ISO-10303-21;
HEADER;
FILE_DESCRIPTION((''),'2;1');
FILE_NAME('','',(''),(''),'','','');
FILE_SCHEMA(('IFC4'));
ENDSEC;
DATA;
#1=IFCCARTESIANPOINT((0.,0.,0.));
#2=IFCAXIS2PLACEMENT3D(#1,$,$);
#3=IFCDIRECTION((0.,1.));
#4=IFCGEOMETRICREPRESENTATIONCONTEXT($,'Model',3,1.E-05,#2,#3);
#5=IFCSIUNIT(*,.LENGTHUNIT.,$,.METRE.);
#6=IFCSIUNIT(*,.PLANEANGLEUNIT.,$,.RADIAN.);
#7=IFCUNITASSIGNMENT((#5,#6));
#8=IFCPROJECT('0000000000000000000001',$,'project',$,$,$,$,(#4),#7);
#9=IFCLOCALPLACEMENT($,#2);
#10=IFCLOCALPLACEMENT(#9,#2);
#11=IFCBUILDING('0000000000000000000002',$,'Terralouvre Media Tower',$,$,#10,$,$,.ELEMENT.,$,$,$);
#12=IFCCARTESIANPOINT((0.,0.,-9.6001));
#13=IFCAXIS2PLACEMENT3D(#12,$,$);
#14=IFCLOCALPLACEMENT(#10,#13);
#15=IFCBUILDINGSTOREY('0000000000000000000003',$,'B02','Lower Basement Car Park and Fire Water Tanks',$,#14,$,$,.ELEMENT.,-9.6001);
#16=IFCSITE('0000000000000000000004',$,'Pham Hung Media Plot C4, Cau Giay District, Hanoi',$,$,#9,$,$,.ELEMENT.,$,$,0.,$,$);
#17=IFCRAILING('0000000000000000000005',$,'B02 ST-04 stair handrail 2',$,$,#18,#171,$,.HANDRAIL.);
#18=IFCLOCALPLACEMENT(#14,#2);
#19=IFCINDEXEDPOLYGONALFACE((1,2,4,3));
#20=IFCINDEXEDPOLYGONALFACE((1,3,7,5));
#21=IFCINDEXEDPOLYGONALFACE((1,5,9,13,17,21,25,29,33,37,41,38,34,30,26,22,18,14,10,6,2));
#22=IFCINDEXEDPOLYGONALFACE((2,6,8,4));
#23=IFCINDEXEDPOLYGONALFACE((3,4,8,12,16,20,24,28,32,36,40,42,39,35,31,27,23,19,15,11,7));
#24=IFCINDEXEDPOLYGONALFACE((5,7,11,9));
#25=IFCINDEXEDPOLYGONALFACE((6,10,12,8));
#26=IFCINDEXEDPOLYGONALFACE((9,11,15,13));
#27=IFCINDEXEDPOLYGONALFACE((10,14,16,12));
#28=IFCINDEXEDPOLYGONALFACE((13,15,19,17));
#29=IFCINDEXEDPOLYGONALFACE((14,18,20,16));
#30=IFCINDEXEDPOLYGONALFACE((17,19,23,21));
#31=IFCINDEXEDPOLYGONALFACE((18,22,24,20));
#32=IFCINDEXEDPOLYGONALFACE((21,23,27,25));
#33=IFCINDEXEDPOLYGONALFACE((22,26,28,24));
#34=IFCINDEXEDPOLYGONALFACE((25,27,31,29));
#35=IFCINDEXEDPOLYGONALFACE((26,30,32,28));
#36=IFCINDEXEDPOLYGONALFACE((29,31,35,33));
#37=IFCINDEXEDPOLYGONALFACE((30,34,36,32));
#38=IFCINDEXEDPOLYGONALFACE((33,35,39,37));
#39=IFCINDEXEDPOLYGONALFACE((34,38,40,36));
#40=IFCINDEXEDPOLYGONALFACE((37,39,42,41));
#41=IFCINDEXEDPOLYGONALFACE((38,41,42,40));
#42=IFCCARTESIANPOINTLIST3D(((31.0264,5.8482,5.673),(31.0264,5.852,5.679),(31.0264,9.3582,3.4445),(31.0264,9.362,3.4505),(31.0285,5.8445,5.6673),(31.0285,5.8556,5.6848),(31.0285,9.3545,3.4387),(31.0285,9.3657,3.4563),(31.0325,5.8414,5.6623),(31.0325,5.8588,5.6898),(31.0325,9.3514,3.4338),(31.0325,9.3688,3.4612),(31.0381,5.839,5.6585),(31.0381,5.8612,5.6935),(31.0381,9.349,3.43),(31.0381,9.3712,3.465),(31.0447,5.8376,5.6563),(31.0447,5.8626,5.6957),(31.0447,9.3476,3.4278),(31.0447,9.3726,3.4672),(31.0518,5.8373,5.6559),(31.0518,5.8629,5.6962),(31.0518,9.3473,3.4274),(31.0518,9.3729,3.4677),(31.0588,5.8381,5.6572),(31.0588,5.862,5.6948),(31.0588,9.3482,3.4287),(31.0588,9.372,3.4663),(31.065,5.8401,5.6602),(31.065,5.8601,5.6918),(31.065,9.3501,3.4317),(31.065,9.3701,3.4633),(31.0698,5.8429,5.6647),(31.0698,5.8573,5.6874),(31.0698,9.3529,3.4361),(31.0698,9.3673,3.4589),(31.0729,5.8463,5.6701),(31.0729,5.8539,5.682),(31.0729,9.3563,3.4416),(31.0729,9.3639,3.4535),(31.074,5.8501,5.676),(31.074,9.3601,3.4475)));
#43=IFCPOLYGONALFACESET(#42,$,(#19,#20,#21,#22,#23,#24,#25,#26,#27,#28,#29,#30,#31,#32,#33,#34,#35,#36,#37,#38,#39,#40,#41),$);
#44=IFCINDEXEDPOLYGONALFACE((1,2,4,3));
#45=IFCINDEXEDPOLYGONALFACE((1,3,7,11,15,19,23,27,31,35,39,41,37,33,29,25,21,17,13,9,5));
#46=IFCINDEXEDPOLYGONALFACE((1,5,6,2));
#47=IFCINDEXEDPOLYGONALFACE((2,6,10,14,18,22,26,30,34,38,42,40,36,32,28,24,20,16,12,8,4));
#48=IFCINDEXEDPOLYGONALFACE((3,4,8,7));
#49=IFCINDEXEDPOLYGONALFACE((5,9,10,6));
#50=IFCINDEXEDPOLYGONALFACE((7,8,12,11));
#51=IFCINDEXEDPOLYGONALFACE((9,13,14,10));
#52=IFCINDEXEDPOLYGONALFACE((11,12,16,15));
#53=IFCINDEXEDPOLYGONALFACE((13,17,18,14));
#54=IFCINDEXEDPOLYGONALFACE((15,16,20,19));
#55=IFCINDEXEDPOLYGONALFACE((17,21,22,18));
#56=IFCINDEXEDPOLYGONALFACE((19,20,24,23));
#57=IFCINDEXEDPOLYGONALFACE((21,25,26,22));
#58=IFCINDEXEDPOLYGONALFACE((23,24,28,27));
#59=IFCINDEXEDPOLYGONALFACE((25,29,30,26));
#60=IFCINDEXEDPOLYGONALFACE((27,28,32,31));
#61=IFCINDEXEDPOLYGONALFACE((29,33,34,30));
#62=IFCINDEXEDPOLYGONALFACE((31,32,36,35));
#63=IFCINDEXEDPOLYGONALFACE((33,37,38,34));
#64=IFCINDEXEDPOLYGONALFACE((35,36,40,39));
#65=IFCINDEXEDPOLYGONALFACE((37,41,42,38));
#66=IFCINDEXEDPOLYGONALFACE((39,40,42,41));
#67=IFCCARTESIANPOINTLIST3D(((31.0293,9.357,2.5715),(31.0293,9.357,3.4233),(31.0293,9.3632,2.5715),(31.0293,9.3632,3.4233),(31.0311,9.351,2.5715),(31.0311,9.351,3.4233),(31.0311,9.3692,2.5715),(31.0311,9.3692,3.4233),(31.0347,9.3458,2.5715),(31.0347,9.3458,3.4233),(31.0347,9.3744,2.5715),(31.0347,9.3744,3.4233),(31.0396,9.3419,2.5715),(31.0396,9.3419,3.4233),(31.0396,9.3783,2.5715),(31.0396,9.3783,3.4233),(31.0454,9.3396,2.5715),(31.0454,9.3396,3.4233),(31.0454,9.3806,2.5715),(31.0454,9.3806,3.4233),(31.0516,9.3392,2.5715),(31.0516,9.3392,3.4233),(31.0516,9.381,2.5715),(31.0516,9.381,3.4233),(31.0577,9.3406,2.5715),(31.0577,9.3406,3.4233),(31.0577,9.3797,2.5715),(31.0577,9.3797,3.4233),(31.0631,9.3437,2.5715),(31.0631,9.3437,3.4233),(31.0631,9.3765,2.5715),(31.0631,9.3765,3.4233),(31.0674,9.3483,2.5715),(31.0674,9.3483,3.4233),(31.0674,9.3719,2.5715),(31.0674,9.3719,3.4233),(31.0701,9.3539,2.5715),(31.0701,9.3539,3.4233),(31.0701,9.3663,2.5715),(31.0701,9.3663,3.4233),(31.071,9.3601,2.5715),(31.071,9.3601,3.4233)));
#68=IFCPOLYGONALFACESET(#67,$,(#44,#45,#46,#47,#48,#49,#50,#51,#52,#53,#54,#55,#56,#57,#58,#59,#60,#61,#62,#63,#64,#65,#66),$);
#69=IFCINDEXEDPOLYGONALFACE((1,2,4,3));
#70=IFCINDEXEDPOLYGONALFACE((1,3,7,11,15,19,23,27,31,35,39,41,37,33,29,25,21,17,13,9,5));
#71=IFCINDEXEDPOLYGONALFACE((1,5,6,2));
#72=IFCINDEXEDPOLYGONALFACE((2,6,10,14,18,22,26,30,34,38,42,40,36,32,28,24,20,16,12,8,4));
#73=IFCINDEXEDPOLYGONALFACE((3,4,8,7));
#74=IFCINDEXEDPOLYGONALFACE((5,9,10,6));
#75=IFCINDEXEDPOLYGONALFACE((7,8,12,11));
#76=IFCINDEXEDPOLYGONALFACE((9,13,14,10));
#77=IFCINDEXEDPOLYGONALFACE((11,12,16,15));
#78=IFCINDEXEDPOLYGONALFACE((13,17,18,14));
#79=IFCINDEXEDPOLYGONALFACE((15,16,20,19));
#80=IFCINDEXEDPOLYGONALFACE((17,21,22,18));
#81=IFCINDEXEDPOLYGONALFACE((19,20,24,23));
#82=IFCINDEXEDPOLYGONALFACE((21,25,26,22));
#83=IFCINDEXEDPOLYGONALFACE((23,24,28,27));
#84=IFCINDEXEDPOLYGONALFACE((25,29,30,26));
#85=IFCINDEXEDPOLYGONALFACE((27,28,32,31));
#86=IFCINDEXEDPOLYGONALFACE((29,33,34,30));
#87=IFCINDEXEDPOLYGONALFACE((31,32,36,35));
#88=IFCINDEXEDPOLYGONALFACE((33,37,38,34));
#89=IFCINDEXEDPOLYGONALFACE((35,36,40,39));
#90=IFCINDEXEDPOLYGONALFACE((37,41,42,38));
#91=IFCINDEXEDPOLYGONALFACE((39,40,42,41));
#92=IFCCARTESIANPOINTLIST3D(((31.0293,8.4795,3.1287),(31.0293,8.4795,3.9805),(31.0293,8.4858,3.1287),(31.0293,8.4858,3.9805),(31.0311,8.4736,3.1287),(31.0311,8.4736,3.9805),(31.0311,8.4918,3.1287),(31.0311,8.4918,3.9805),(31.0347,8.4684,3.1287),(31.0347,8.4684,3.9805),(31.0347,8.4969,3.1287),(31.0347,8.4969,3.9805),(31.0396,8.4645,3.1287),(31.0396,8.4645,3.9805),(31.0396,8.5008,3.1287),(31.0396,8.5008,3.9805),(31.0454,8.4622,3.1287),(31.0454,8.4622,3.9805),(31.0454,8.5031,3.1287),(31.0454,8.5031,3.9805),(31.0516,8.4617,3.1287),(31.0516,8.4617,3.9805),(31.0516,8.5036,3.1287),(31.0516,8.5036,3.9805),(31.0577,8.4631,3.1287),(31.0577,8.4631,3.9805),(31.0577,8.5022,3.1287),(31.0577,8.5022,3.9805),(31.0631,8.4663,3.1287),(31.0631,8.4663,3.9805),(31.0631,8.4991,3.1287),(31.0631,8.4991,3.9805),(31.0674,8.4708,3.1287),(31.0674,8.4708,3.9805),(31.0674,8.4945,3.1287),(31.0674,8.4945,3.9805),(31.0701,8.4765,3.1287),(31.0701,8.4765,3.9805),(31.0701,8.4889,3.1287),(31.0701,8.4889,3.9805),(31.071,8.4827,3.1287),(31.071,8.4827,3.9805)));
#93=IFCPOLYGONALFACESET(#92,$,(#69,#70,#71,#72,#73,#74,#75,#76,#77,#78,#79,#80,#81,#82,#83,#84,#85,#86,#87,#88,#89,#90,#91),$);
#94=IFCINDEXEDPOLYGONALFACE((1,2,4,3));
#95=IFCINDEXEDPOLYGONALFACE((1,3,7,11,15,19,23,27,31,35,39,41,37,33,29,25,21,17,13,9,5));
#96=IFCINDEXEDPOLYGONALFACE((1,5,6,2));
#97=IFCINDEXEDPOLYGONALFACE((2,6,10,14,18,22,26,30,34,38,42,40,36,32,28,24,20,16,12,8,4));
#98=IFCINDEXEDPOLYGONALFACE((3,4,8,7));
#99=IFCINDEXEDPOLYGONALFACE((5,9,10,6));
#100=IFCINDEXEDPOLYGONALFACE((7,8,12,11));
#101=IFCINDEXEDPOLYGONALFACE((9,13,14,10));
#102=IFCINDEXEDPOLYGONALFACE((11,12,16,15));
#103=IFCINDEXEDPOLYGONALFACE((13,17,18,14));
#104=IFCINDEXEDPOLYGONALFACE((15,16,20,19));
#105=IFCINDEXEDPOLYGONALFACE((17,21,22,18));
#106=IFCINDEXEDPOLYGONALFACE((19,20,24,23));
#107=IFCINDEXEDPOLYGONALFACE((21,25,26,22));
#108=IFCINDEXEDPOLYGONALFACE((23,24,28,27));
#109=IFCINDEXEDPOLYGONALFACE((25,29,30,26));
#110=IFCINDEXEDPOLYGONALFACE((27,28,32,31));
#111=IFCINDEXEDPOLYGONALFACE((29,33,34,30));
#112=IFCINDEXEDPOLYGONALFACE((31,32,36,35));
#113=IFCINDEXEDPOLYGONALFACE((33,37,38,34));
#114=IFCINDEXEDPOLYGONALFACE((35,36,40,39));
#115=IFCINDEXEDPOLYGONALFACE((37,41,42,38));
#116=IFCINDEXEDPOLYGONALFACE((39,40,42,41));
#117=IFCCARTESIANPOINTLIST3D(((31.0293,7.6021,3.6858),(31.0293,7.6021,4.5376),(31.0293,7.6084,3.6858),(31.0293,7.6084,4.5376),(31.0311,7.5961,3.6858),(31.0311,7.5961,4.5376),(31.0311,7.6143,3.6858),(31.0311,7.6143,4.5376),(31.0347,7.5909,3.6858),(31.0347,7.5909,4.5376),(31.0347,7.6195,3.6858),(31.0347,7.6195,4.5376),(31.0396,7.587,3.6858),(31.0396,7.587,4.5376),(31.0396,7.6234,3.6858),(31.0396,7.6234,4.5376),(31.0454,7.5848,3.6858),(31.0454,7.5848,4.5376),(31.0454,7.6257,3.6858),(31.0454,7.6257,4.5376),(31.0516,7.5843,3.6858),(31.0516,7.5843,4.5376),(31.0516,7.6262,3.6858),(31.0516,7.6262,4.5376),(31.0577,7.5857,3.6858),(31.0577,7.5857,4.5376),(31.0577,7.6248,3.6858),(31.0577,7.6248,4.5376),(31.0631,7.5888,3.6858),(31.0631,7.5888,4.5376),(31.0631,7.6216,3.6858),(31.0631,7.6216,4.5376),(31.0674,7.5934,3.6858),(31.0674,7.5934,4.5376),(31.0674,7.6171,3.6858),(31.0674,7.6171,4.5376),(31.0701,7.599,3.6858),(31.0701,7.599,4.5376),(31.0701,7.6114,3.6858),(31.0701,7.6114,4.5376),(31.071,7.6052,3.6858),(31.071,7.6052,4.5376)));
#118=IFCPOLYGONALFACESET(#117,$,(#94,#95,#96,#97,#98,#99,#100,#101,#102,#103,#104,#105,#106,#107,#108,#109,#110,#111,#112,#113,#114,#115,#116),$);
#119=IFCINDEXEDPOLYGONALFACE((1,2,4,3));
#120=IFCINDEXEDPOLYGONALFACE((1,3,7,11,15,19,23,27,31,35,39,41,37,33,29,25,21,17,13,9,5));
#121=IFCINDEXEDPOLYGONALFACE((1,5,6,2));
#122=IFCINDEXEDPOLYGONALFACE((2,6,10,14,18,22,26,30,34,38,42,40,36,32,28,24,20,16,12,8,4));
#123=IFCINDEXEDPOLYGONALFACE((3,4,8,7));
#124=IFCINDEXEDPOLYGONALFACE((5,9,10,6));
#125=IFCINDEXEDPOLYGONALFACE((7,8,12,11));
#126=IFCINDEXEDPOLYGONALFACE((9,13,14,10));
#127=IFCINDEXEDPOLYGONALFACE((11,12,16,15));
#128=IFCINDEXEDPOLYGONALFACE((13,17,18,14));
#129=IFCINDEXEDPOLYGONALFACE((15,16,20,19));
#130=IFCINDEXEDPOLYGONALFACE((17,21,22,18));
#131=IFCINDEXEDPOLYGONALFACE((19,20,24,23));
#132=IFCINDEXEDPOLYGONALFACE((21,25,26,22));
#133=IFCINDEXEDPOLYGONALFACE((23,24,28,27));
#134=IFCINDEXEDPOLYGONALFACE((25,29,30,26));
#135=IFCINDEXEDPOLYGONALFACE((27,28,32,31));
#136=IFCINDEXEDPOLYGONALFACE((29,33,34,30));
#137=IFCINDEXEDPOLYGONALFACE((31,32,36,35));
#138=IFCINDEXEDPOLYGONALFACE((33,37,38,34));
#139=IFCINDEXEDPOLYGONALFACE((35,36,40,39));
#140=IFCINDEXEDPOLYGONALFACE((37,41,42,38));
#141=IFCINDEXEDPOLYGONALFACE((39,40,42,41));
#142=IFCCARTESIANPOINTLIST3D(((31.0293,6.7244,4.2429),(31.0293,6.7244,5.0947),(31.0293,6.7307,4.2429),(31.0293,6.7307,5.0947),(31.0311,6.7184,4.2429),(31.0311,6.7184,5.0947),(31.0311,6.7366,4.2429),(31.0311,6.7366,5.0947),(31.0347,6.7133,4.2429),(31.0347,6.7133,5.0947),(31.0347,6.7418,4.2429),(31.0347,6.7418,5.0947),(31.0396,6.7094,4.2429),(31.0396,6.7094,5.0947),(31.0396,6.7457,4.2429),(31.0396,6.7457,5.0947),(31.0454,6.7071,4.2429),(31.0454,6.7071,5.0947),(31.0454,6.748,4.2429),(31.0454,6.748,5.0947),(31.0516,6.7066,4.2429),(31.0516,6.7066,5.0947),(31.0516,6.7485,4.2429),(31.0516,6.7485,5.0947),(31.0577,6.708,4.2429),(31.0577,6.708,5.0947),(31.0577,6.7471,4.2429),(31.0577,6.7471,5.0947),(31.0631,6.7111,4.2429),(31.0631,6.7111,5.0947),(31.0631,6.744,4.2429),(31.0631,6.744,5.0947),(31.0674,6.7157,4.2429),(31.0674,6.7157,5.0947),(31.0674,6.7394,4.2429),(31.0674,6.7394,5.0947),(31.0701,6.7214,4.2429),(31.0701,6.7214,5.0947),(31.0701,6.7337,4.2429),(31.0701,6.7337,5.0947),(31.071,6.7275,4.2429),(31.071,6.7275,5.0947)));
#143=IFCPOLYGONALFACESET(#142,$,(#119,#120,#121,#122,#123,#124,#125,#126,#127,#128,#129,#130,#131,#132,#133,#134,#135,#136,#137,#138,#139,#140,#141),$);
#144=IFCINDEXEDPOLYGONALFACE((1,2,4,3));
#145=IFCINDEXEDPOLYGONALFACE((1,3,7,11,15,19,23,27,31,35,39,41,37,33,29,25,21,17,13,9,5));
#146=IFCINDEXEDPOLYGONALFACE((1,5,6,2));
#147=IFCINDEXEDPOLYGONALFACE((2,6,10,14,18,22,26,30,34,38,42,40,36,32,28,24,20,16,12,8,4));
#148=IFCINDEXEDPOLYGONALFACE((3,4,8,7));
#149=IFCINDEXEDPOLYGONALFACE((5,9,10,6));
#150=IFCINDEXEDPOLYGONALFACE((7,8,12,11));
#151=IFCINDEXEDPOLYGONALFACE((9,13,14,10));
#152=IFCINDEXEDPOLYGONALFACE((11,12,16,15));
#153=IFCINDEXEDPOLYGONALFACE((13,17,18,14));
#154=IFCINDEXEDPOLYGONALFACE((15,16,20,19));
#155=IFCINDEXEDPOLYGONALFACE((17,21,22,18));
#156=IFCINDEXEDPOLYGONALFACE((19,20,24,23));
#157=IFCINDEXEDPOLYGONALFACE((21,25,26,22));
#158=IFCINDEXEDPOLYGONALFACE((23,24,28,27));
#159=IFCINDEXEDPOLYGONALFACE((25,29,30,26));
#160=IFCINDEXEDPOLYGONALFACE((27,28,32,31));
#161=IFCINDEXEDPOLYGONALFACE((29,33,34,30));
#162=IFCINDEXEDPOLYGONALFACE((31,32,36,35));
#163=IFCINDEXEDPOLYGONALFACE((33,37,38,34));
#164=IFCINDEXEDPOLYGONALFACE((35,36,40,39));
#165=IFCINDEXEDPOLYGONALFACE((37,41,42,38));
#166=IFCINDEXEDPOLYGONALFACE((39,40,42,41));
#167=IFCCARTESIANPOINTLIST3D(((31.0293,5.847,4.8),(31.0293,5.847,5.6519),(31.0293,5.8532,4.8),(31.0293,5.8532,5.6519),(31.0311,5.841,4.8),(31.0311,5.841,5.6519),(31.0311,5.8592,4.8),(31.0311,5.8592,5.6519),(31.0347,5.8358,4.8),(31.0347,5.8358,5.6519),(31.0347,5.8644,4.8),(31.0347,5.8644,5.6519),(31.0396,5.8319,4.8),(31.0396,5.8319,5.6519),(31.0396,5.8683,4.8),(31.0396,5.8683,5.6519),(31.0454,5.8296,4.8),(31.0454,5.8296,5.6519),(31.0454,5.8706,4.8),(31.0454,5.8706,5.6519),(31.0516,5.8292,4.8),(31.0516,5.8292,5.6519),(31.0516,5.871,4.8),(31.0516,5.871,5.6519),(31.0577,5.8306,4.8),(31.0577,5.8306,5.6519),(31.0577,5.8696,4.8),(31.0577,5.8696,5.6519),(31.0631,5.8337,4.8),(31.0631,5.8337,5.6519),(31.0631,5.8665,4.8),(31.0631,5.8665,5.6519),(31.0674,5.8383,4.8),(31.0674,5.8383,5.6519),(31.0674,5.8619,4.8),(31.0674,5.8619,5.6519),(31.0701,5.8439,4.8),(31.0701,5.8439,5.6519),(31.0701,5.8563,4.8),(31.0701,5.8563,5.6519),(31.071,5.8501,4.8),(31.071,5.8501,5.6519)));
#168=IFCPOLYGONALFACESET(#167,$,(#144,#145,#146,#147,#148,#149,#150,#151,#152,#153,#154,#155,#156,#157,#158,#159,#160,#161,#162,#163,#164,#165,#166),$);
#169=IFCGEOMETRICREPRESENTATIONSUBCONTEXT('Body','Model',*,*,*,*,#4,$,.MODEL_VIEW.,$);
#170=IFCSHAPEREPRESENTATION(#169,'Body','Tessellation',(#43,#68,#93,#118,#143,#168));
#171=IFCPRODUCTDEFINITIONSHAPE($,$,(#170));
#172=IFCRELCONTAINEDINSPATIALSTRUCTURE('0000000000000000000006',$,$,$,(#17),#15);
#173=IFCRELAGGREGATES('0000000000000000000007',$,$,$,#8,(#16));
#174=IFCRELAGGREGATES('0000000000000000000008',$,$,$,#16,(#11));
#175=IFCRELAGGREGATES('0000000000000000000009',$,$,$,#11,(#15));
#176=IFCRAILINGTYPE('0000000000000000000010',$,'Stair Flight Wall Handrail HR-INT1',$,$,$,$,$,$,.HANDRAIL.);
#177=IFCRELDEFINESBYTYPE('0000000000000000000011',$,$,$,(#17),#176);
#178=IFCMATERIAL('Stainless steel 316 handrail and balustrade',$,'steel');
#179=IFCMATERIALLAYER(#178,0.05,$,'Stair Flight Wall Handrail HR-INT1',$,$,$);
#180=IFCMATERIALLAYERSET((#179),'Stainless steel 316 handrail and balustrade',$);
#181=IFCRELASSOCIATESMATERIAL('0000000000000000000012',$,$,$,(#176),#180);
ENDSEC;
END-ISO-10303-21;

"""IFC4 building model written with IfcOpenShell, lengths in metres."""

from ifc_helpers import new_model, si_unit, direction, frame, origin, origin_2d, place, context, subcontext, project, spatial, circle, extrude, material, layer, layer_set, type_object, element, save


model = new_model("IFC4")

# Units and contexts
model_context = context("Model", 3, precision=1e-05, world=origin(), true_north=direction((0.0, 1.0)))
body_context = subcontext(model_context, "Body", "Model", "MODEL_VIEW")
ifc_project = project(units=[si_unit("LENGTHUNIT", "METRE"), si_unit("PLANEANGLEUNIT", "RADIAN")], contexts=[model_context])

# Site, building, storey
site_placement = place(None, origin())
site = spatial("IfcSite", under=ifc_project, at=site_placement, Name="Pham Hung Media Plot C4, Cau Giay District, Hanoi", CompositionType="ELEMENT", RefElevation=0.0)
building_placement = place(site_placement, origin())
building = spatial("IfcBuilding", under=site, at=building_placement, Name="Terralouvre Media Tower", CompositionType="ELEMENT")
storey_placement = place(building_placement, frame((0.0, 0.0, -9.6001)))
storey = spatial("IfcBuildingStorey", under=building, at=storey_placement, Name="B02", Description="Lower Basement Car Park and Fire Water Tanks", CompositionType="ELEMENT", Elevation=-9.6001)

# Railing
ifc_material_1 = material(Name="Stainless steel 316 handrail and balustrade", Category="steel")
ifc_layer_1 = layer(ifc_material_1, 0.05, Name="Stair Flight Wall Handrail HR-INT1")
ifc_layer_set_1 = layer_set([ifc_layer_1], Name="Stainless steel 316 handrail and balustrade")
railing_type_1 = type_object("IfcRailingType", Name="Stair Flight Wall Handrail HR-INT1", PredefinedType="HANDRAIL", material=ifc_layer_set_1)
railing_1_placement = place(storey_placement, frame((31.05, 9.3601, 2.5715)))
element("IfcRailing", 1, at=railing_1_placement, inside=storey, type_object=railing_type_1, Name="B02 ST-04 stair handrail 2", PredefinedType="HANDRAIL", context=body_context, shape_type="SweptSolid", body=[
    extrude(circle(Radius=0.0239, at=origin_2d()), frame((0.0, 0.0, 0.876), z_axis=(0.0, -0.84422, 0.535998), x_axis=(1.0, 0.0, 0.0)), (0.0, 0.0, 1.0), 4.1577),
    extrude(circle(Radius=0.021, at=origin_2d()), origin(), (0.0, 0.0, 1.0), 0.8518),
    extrude(circle(Radius=0.021, at=origin_2d()), frame((0.0, -0.8774, 0.5571)), (0.0, 0.0, 1.0), 0.8518),
    extrude(circle(Radius=0.021, at=origin_2d()), frame((0.0, -1.7549, 1.1143)), (0.0, 0.0, 1.0), 0.8518),
    extrude(circle(Radius=0.021, at=origin_2d()), frame((0.0, -2.6326, 1.6714)), (0.0, 0.0, 1.0), 0.8518),
    extrude(circle(Radius=0.021, at=origin_2d()), frame((0.0, -3.51, 2.2285)), (0.0, 0.0, 1.0), 0.8518),
])

save(model, "model.ifc")
